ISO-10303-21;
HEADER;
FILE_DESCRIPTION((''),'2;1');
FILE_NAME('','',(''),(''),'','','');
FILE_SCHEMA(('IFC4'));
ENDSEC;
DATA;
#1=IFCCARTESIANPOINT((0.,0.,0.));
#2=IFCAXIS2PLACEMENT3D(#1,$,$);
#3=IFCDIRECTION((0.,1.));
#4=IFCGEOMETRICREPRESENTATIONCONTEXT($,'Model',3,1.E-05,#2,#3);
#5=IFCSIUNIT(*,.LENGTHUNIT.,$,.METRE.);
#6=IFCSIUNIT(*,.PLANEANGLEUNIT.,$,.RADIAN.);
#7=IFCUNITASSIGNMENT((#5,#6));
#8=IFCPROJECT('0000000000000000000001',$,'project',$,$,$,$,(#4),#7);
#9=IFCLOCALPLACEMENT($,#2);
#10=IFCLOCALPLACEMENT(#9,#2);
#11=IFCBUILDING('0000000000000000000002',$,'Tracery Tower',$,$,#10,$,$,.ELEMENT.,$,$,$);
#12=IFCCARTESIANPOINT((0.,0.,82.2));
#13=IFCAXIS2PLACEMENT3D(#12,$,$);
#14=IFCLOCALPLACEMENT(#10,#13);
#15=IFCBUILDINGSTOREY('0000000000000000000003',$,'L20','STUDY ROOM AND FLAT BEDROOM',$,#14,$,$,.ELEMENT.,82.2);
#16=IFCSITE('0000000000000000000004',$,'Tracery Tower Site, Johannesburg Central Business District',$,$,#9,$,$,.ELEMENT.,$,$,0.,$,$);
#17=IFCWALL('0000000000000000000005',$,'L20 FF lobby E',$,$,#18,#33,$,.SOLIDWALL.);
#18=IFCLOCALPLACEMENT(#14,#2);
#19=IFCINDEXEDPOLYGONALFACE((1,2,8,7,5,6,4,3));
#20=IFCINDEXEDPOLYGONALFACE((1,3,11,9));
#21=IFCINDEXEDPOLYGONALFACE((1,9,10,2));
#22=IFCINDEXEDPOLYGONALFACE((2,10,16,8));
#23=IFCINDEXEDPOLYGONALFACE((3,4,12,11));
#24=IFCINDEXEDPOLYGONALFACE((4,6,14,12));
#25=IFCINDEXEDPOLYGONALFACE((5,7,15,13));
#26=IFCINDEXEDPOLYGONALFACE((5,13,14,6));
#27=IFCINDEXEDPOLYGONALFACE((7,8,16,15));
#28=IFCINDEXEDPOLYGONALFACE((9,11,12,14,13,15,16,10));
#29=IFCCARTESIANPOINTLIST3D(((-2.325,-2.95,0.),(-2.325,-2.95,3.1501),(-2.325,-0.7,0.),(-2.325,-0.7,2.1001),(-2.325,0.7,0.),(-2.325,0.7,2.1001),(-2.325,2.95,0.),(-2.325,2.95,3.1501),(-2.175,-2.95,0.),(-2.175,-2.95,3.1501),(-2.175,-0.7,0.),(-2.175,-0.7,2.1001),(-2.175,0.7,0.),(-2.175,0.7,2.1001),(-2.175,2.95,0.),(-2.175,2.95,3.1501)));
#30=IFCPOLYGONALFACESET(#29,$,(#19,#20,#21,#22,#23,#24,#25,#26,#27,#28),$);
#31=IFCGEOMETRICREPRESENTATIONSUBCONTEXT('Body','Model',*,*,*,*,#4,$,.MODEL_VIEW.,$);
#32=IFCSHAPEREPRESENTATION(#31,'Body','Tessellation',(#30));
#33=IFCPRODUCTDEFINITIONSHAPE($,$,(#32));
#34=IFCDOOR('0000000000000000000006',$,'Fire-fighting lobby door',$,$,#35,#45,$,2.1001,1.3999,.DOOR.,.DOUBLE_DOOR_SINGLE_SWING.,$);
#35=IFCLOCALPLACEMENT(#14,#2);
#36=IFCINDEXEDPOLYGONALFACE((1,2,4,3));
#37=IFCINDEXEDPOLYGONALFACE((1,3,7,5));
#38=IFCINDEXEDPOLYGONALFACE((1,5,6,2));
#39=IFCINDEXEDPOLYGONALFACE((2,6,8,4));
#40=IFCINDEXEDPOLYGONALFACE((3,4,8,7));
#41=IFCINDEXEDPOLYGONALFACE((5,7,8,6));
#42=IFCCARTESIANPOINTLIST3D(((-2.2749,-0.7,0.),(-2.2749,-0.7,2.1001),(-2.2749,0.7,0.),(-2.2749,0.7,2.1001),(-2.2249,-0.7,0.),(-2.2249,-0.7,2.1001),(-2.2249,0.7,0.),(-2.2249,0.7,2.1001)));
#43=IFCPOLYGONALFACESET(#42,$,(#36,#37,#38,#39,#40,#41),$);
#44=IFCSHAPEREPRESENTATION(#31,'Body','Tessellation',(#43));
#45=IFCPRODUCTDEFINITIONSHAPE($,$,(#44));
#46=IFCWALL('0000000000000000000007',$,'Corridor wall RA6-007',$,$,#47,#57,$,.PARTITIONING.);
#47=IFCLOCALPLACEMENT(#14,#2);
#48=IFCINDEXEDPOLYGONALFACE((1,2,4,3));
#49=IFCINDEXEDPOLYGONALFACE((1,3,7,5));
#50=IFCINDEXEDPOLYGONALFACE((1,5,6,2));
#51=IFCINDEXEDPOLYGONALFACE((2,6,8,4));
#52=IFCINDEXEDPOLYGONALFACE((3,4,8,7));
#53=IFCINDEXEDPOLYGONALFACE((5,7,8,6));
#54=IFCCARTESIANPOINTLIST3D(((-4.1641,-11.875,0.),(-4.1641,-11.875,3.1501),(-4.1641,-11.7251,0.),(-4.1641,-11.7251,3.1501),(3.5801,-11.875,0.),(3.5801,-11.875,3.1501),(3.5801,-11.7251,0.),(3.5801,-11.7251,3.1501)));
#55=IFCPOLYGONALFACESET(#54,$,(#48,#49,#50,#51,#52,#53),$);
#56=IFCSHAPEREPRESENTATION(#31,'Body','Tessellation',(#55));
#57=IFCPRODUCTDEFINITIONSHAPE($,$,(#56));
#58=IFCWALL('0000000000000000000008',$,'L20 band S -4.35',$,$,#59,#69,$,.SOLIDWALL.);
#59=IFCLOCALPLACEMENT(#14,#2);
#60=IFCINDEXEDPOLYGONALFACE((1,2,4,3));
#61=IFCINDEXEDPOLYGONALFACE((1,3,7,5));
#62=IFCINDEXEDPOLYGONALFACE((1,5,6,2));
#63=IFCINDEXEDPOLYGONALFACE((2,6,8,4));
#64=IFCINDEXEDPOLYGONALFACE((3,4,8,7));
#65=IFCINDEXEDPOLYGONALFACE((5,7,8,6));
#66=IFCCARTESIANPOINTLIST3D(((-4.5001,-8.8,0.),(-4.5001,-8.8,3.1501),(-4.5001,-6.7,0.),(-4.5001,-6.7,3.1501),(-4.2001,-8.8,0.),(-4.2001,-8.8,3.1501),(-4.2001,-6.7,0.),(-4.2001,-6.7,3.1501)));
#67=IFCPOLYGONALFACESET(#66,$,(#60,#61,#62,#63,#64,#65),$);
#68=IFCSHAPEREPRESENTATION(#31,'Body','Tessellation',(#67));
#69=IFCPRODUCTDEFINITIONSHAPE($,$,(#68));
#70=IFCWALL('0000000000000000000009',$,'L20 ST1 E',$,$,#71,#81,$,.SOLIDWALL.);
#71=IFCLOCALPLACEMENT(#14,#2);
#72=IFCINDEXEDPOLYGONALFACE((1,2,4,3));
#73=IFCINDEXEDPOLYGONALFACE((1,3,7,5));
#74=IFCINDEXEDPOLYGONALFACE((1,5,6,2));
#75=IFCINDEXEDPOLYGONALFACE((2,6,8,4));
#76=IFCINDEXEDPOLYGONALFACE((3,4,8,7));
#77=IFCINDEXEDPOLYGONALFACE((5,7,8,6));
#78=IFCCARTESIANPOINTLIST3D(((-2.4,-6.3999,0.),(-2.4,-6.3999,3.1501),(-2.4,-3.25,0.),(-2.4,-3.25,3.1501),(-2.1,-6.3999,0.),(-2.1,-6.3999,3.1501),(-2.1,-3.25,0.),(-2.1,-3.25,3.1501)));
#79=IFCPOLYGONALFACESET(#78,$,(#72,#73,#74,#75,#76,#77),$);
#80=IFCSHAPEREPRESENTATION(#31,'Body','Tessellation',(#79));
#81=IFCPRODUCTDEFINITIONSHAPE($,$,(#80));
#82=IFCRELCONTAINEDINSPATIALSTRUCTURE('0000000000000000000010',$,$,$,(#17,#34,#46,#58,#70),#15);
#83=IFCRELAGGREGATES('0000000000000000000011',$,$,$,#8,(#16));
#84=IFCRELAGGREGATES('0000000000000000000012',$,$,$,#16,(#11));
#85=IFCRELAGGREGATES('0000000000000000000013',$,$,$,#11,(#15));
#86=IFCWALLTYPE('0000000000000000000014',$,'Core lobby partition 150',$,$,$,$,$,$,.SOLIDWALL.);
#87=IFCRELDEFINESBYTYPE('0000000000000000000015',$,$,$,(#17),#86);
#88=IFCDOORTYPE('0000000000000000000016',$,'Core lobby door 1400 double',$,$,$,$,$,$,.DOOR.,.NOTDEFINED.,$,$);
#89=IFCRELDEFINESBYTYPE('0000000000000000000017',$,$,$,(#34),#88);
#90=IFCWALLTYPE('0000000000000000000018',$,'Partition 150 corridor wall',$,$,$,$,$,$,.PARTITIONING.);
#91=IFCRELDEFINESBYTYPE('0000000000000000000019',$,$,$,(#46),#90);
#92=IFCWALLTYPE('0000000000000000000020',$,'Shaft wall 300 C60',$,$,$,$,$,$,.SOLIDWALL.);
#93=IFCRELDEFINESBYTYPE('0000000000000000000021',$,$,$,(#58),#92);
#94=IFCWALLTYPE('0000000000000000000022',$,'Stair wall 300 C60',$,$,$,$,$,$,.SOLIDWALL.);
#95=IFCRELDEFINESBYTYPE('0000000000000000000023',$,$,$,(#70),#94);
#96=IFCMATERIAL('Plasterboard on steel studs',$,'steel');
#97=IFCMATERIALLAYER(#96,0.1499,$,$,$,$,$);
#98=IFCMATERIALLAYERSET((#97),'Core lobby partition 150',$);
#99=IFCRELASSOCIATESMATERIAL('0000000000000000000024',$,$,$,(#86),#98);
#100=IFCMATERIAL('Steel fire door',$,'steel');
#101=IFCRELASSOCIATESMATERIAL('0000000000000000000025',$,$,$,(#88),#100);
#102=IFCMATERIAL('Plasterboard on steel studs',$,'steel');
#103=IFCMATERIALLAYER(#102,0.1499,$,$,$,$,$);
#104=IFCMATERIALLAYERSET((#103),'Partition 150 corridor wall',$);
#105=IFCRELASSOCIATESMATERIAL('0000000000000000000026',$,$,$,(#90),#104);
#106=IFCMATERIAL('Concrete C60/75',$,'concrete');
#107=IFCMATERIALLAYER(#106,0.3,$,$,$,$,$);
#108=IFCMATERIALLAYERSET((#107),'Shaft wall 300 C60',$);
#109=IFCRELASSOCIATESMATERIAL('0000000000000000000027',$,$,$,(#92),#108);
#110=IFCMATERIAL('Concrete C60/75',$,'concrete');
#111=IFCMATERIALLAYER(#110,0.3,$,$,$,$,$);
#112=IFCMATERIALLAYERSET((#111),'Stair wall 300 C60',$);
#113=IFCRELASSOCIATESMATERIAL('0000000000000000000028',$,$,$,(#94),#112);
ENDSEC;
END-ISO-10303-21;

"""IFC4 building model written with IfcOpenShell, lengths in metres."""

from ifc_helpers import new_model, si_unit, direction, frame, frame_2d, origin, place, context, subcontext, project, spatial, rectangle, extrude, material, layer, layer_set, type_object, element, fill, save


model = new_model("IFC4")

# Units and contexts
model_context = context("Model", 3, precision=1e-05, world=origin(), true_north=direction((0.0, 1.0)))
body_context = subcontext(model_context, "Body", "Model", "MODEL_VIEW")
ifc_project = project(units=[si_unit("LENGTHUNIT", "METRE"), si_unit("PLANEANGLEUNIT", "RADIAN")], contexts=[model_context])

# Site, building, storey
site_placement = place(None, origin())
site = spatial("IfcSite", under=ifc_project, at=site_placement, Name="Tracery Tower Site, Johannesburg Central Business District", CompositionType="ELEMENT", RefElevation=0.0)
building_placement = place(site_placement, origin())
building = spatial("IfcBuilding", under=site, at=building_placement, Name="Tracery Tower", CompositionType="ELEMENT")
storey_placement = place(building_placement, frame((0.0, 0.0, 82.2)))
storey = spatial("IfcBuildingStorey", under=building, at=storey_placement, Name="L20", Description="STUDY ROOM AND FLAT BEDROOM", CompositionType="ELEMENT", Elevation=82.2)

# Wall, opening, door
ifc_material_1 = material(Name="Plasterboard on steel studs", Category="steel")
ifc_layer_1 = layer(ifc_material_1, 0.1499)
ifc_layer_set_1 = layer_set([ifc_layer_1], Name="Core lobby partition 150")
wall_type_1 = type_object("IfcWallType", Name="Core lobby partition 150", PredefinedType="SOLIDWALL", material=ifc_layer_set_1)
wall_1_placement = place(storey_placement, frame((-2.25, -2.95, 0.0), z_axis=(0.0, 0.0, 1.0), x_axis=(0.0, 1.0, 0.0)))
wall_1 = element("IfcWall", 1, at=wall_1_placement, inside=storey, type_object=wall_type_1, Name="L20 FF lobby E", PredefinedType="SOLIDWALL", context=body_context, shape_type="SweptSolid", body=[
    extrude(rectangle(XDim=5.8999, YDim=0.1499, at=frame_2d((2.95, 0.0))), origin(), (0.0, 0.0, 1.0), 3.1501),
])
opening_1_placement = place(wall_1_placement, frame((2.25, 0.0, 0.0)))
opening_1 = element("IfcOpeningElement", 2, at=opening_1_placement, cuts=wall_1, PredefinedType="OPENING", context=body_context, shape_type="SweptSolid", body=[
    extrude(rectangle(XDim=1.3999, YDim=2.1001, at=frame_2d((0.7, 1.05))), frame((0.0, 0.075, 0.0), z_axis=(0.0, -1.0, 0.0), x_axis=(1.0, 0.0, 0.0)), (0.0, 0.0, 1.0), 0.1499),
])
ifc_material_2 = material(Name="Steel fire door", Category="steel")
door_type_1 = type_object("IfcDoorType", Name="Core lobby door 1400 double", OperationType="NOTDEFINED", PredefinedType="DOOR", material=ifc_material_2)
door_1_placement = place(opening_1_placement, origin())
door_1 = element("IfcDoor", 3, at=door_1_placement, inside=storey, type_object=door_type_1, Name="Fire-fighting lobby door", OperationType="DOUBLE_DOOR_SINGLE_SWING", OverallHeight=2.1001, OverallWidth=1.3999, PredefinedType="DOOR", context=body_context, shape_type="SweptSolid", body=[
    extrude(rectangle(XDim=1.3999, YDim=2.1001, at=frame_2d((0.7, 1.05))), frame((0.0, 0.0249, 0.0), z_axis=(0.0, -1.0, 0.0), x_axis=(1.0, 0.0, 0.0)), (0.0, 0.0, 1.0), 0.05),
])
fill(opening_1, door_1)

# Wall
ifc_material_3 = material(Name="Plasterboard on steel studs", Category="steel")
ifc_layer_2 = layer(ifc_material_3, 0.1499)
ifc_layer_set_2 = layer_set([ifc_layer_2], Name="Partition 150 corridor wall")
wall_type_2 = type_object("IfcWallType", Name="Partition 150 corridor wall", PredefinedType="PARTITIONING", material=ifc_layer_set_2)
wall_2_placement = place(storey_placement, frame((-4.1641, -11.8, 0.0), z_axis=(0.0, 0.0, 1.0), x_axis=(1.0, 0.0, 0.0)))
element("IfcWall", 4, at=wall_2_placement, inside=storey, type_object=wall_type_2, Name="Corridor wall RA6-007", PredefinedType="PARTITIONING", context=body_context, shape_type="SweptSolid", body=[
    extrude(rectangle(XDim=7.7441, YDim=0.1499, at=frame_2d((3.8721, 0.0))), origin(), (0.0, 0.0, 1.0), 3.1501),
])

# Shared definitions
ifc_material_4 = material(Name="Concrete C60/75", Category="concrete")
ifc_layer_3 = layer(ifc_material_4, 0.3)
ifc_layer_set_3 = layer_set([ifc_layer_3], Name="Shaft wall 300 C60")
wall_type_3 = type_object("IfcWallType", Name="Shaft wall 300 C60", PredefinedType="SOLIDWALL", material=ifc_layer_set_3)

# Wall
wall_3_placement = place(storey_placement, frame((-4.3501, -8.8, 0.0), z_axis=(0.0, 0.0, 1.0), x_axis=(0.0, 1.0, 0.0)))
element("IfcWall", 5, at=wall_3_placement, inside=storey, type_object=wall_type_3, Name="L20 band S -4.35", PredefinedType="SOLIDWALL", context=body_context, shape_type="SweptSolid", body=[
    extrude(rectangle(XDim=2.1001, YDim=0.3, at=frame_2d((1.05, 0.0))), origin(), (0.0, 0.0, 1.0), 3.1501),
])

# Shared definitions
ifc_material_5 = material(Name="Concrete C60/75", Category="concrete")
ifc_layer_4 = layer(ifc_material_5, 0.3)
ifc_layer_set_4 = layer_set([ifc_layer_4], Name="Stair wall 300 C60")
wall_type_4 = type_object("IfcWallType", Name="Stair wall 300 C60", PredefinedType="SOLIDWALL", material=ifc_layer_set_4)

# Wall
wall_4_placement = place(storey_placement, frame((-2.25, -6.3999, 0.0), z_axis=(0.0, 0.0, 1.0), x_axis=(0.0, 1.0, 0.0)))
element("IfcWall", 6, at=wall_4_placement, inside=storey, type_object=wall_type_4, Name="L20 ST1 E", PredefinedType="SOLIDWALL", context=body_context, shape_type="SweptSolid", body=[
    extrude(rectangle(XDim=3.1499, YDim=0.3, at=frame_2d((1.575, 0.0))), origin(), (0.0, 0.0, 1.0), 3.1501),
])

save(model, "model.ifc")
